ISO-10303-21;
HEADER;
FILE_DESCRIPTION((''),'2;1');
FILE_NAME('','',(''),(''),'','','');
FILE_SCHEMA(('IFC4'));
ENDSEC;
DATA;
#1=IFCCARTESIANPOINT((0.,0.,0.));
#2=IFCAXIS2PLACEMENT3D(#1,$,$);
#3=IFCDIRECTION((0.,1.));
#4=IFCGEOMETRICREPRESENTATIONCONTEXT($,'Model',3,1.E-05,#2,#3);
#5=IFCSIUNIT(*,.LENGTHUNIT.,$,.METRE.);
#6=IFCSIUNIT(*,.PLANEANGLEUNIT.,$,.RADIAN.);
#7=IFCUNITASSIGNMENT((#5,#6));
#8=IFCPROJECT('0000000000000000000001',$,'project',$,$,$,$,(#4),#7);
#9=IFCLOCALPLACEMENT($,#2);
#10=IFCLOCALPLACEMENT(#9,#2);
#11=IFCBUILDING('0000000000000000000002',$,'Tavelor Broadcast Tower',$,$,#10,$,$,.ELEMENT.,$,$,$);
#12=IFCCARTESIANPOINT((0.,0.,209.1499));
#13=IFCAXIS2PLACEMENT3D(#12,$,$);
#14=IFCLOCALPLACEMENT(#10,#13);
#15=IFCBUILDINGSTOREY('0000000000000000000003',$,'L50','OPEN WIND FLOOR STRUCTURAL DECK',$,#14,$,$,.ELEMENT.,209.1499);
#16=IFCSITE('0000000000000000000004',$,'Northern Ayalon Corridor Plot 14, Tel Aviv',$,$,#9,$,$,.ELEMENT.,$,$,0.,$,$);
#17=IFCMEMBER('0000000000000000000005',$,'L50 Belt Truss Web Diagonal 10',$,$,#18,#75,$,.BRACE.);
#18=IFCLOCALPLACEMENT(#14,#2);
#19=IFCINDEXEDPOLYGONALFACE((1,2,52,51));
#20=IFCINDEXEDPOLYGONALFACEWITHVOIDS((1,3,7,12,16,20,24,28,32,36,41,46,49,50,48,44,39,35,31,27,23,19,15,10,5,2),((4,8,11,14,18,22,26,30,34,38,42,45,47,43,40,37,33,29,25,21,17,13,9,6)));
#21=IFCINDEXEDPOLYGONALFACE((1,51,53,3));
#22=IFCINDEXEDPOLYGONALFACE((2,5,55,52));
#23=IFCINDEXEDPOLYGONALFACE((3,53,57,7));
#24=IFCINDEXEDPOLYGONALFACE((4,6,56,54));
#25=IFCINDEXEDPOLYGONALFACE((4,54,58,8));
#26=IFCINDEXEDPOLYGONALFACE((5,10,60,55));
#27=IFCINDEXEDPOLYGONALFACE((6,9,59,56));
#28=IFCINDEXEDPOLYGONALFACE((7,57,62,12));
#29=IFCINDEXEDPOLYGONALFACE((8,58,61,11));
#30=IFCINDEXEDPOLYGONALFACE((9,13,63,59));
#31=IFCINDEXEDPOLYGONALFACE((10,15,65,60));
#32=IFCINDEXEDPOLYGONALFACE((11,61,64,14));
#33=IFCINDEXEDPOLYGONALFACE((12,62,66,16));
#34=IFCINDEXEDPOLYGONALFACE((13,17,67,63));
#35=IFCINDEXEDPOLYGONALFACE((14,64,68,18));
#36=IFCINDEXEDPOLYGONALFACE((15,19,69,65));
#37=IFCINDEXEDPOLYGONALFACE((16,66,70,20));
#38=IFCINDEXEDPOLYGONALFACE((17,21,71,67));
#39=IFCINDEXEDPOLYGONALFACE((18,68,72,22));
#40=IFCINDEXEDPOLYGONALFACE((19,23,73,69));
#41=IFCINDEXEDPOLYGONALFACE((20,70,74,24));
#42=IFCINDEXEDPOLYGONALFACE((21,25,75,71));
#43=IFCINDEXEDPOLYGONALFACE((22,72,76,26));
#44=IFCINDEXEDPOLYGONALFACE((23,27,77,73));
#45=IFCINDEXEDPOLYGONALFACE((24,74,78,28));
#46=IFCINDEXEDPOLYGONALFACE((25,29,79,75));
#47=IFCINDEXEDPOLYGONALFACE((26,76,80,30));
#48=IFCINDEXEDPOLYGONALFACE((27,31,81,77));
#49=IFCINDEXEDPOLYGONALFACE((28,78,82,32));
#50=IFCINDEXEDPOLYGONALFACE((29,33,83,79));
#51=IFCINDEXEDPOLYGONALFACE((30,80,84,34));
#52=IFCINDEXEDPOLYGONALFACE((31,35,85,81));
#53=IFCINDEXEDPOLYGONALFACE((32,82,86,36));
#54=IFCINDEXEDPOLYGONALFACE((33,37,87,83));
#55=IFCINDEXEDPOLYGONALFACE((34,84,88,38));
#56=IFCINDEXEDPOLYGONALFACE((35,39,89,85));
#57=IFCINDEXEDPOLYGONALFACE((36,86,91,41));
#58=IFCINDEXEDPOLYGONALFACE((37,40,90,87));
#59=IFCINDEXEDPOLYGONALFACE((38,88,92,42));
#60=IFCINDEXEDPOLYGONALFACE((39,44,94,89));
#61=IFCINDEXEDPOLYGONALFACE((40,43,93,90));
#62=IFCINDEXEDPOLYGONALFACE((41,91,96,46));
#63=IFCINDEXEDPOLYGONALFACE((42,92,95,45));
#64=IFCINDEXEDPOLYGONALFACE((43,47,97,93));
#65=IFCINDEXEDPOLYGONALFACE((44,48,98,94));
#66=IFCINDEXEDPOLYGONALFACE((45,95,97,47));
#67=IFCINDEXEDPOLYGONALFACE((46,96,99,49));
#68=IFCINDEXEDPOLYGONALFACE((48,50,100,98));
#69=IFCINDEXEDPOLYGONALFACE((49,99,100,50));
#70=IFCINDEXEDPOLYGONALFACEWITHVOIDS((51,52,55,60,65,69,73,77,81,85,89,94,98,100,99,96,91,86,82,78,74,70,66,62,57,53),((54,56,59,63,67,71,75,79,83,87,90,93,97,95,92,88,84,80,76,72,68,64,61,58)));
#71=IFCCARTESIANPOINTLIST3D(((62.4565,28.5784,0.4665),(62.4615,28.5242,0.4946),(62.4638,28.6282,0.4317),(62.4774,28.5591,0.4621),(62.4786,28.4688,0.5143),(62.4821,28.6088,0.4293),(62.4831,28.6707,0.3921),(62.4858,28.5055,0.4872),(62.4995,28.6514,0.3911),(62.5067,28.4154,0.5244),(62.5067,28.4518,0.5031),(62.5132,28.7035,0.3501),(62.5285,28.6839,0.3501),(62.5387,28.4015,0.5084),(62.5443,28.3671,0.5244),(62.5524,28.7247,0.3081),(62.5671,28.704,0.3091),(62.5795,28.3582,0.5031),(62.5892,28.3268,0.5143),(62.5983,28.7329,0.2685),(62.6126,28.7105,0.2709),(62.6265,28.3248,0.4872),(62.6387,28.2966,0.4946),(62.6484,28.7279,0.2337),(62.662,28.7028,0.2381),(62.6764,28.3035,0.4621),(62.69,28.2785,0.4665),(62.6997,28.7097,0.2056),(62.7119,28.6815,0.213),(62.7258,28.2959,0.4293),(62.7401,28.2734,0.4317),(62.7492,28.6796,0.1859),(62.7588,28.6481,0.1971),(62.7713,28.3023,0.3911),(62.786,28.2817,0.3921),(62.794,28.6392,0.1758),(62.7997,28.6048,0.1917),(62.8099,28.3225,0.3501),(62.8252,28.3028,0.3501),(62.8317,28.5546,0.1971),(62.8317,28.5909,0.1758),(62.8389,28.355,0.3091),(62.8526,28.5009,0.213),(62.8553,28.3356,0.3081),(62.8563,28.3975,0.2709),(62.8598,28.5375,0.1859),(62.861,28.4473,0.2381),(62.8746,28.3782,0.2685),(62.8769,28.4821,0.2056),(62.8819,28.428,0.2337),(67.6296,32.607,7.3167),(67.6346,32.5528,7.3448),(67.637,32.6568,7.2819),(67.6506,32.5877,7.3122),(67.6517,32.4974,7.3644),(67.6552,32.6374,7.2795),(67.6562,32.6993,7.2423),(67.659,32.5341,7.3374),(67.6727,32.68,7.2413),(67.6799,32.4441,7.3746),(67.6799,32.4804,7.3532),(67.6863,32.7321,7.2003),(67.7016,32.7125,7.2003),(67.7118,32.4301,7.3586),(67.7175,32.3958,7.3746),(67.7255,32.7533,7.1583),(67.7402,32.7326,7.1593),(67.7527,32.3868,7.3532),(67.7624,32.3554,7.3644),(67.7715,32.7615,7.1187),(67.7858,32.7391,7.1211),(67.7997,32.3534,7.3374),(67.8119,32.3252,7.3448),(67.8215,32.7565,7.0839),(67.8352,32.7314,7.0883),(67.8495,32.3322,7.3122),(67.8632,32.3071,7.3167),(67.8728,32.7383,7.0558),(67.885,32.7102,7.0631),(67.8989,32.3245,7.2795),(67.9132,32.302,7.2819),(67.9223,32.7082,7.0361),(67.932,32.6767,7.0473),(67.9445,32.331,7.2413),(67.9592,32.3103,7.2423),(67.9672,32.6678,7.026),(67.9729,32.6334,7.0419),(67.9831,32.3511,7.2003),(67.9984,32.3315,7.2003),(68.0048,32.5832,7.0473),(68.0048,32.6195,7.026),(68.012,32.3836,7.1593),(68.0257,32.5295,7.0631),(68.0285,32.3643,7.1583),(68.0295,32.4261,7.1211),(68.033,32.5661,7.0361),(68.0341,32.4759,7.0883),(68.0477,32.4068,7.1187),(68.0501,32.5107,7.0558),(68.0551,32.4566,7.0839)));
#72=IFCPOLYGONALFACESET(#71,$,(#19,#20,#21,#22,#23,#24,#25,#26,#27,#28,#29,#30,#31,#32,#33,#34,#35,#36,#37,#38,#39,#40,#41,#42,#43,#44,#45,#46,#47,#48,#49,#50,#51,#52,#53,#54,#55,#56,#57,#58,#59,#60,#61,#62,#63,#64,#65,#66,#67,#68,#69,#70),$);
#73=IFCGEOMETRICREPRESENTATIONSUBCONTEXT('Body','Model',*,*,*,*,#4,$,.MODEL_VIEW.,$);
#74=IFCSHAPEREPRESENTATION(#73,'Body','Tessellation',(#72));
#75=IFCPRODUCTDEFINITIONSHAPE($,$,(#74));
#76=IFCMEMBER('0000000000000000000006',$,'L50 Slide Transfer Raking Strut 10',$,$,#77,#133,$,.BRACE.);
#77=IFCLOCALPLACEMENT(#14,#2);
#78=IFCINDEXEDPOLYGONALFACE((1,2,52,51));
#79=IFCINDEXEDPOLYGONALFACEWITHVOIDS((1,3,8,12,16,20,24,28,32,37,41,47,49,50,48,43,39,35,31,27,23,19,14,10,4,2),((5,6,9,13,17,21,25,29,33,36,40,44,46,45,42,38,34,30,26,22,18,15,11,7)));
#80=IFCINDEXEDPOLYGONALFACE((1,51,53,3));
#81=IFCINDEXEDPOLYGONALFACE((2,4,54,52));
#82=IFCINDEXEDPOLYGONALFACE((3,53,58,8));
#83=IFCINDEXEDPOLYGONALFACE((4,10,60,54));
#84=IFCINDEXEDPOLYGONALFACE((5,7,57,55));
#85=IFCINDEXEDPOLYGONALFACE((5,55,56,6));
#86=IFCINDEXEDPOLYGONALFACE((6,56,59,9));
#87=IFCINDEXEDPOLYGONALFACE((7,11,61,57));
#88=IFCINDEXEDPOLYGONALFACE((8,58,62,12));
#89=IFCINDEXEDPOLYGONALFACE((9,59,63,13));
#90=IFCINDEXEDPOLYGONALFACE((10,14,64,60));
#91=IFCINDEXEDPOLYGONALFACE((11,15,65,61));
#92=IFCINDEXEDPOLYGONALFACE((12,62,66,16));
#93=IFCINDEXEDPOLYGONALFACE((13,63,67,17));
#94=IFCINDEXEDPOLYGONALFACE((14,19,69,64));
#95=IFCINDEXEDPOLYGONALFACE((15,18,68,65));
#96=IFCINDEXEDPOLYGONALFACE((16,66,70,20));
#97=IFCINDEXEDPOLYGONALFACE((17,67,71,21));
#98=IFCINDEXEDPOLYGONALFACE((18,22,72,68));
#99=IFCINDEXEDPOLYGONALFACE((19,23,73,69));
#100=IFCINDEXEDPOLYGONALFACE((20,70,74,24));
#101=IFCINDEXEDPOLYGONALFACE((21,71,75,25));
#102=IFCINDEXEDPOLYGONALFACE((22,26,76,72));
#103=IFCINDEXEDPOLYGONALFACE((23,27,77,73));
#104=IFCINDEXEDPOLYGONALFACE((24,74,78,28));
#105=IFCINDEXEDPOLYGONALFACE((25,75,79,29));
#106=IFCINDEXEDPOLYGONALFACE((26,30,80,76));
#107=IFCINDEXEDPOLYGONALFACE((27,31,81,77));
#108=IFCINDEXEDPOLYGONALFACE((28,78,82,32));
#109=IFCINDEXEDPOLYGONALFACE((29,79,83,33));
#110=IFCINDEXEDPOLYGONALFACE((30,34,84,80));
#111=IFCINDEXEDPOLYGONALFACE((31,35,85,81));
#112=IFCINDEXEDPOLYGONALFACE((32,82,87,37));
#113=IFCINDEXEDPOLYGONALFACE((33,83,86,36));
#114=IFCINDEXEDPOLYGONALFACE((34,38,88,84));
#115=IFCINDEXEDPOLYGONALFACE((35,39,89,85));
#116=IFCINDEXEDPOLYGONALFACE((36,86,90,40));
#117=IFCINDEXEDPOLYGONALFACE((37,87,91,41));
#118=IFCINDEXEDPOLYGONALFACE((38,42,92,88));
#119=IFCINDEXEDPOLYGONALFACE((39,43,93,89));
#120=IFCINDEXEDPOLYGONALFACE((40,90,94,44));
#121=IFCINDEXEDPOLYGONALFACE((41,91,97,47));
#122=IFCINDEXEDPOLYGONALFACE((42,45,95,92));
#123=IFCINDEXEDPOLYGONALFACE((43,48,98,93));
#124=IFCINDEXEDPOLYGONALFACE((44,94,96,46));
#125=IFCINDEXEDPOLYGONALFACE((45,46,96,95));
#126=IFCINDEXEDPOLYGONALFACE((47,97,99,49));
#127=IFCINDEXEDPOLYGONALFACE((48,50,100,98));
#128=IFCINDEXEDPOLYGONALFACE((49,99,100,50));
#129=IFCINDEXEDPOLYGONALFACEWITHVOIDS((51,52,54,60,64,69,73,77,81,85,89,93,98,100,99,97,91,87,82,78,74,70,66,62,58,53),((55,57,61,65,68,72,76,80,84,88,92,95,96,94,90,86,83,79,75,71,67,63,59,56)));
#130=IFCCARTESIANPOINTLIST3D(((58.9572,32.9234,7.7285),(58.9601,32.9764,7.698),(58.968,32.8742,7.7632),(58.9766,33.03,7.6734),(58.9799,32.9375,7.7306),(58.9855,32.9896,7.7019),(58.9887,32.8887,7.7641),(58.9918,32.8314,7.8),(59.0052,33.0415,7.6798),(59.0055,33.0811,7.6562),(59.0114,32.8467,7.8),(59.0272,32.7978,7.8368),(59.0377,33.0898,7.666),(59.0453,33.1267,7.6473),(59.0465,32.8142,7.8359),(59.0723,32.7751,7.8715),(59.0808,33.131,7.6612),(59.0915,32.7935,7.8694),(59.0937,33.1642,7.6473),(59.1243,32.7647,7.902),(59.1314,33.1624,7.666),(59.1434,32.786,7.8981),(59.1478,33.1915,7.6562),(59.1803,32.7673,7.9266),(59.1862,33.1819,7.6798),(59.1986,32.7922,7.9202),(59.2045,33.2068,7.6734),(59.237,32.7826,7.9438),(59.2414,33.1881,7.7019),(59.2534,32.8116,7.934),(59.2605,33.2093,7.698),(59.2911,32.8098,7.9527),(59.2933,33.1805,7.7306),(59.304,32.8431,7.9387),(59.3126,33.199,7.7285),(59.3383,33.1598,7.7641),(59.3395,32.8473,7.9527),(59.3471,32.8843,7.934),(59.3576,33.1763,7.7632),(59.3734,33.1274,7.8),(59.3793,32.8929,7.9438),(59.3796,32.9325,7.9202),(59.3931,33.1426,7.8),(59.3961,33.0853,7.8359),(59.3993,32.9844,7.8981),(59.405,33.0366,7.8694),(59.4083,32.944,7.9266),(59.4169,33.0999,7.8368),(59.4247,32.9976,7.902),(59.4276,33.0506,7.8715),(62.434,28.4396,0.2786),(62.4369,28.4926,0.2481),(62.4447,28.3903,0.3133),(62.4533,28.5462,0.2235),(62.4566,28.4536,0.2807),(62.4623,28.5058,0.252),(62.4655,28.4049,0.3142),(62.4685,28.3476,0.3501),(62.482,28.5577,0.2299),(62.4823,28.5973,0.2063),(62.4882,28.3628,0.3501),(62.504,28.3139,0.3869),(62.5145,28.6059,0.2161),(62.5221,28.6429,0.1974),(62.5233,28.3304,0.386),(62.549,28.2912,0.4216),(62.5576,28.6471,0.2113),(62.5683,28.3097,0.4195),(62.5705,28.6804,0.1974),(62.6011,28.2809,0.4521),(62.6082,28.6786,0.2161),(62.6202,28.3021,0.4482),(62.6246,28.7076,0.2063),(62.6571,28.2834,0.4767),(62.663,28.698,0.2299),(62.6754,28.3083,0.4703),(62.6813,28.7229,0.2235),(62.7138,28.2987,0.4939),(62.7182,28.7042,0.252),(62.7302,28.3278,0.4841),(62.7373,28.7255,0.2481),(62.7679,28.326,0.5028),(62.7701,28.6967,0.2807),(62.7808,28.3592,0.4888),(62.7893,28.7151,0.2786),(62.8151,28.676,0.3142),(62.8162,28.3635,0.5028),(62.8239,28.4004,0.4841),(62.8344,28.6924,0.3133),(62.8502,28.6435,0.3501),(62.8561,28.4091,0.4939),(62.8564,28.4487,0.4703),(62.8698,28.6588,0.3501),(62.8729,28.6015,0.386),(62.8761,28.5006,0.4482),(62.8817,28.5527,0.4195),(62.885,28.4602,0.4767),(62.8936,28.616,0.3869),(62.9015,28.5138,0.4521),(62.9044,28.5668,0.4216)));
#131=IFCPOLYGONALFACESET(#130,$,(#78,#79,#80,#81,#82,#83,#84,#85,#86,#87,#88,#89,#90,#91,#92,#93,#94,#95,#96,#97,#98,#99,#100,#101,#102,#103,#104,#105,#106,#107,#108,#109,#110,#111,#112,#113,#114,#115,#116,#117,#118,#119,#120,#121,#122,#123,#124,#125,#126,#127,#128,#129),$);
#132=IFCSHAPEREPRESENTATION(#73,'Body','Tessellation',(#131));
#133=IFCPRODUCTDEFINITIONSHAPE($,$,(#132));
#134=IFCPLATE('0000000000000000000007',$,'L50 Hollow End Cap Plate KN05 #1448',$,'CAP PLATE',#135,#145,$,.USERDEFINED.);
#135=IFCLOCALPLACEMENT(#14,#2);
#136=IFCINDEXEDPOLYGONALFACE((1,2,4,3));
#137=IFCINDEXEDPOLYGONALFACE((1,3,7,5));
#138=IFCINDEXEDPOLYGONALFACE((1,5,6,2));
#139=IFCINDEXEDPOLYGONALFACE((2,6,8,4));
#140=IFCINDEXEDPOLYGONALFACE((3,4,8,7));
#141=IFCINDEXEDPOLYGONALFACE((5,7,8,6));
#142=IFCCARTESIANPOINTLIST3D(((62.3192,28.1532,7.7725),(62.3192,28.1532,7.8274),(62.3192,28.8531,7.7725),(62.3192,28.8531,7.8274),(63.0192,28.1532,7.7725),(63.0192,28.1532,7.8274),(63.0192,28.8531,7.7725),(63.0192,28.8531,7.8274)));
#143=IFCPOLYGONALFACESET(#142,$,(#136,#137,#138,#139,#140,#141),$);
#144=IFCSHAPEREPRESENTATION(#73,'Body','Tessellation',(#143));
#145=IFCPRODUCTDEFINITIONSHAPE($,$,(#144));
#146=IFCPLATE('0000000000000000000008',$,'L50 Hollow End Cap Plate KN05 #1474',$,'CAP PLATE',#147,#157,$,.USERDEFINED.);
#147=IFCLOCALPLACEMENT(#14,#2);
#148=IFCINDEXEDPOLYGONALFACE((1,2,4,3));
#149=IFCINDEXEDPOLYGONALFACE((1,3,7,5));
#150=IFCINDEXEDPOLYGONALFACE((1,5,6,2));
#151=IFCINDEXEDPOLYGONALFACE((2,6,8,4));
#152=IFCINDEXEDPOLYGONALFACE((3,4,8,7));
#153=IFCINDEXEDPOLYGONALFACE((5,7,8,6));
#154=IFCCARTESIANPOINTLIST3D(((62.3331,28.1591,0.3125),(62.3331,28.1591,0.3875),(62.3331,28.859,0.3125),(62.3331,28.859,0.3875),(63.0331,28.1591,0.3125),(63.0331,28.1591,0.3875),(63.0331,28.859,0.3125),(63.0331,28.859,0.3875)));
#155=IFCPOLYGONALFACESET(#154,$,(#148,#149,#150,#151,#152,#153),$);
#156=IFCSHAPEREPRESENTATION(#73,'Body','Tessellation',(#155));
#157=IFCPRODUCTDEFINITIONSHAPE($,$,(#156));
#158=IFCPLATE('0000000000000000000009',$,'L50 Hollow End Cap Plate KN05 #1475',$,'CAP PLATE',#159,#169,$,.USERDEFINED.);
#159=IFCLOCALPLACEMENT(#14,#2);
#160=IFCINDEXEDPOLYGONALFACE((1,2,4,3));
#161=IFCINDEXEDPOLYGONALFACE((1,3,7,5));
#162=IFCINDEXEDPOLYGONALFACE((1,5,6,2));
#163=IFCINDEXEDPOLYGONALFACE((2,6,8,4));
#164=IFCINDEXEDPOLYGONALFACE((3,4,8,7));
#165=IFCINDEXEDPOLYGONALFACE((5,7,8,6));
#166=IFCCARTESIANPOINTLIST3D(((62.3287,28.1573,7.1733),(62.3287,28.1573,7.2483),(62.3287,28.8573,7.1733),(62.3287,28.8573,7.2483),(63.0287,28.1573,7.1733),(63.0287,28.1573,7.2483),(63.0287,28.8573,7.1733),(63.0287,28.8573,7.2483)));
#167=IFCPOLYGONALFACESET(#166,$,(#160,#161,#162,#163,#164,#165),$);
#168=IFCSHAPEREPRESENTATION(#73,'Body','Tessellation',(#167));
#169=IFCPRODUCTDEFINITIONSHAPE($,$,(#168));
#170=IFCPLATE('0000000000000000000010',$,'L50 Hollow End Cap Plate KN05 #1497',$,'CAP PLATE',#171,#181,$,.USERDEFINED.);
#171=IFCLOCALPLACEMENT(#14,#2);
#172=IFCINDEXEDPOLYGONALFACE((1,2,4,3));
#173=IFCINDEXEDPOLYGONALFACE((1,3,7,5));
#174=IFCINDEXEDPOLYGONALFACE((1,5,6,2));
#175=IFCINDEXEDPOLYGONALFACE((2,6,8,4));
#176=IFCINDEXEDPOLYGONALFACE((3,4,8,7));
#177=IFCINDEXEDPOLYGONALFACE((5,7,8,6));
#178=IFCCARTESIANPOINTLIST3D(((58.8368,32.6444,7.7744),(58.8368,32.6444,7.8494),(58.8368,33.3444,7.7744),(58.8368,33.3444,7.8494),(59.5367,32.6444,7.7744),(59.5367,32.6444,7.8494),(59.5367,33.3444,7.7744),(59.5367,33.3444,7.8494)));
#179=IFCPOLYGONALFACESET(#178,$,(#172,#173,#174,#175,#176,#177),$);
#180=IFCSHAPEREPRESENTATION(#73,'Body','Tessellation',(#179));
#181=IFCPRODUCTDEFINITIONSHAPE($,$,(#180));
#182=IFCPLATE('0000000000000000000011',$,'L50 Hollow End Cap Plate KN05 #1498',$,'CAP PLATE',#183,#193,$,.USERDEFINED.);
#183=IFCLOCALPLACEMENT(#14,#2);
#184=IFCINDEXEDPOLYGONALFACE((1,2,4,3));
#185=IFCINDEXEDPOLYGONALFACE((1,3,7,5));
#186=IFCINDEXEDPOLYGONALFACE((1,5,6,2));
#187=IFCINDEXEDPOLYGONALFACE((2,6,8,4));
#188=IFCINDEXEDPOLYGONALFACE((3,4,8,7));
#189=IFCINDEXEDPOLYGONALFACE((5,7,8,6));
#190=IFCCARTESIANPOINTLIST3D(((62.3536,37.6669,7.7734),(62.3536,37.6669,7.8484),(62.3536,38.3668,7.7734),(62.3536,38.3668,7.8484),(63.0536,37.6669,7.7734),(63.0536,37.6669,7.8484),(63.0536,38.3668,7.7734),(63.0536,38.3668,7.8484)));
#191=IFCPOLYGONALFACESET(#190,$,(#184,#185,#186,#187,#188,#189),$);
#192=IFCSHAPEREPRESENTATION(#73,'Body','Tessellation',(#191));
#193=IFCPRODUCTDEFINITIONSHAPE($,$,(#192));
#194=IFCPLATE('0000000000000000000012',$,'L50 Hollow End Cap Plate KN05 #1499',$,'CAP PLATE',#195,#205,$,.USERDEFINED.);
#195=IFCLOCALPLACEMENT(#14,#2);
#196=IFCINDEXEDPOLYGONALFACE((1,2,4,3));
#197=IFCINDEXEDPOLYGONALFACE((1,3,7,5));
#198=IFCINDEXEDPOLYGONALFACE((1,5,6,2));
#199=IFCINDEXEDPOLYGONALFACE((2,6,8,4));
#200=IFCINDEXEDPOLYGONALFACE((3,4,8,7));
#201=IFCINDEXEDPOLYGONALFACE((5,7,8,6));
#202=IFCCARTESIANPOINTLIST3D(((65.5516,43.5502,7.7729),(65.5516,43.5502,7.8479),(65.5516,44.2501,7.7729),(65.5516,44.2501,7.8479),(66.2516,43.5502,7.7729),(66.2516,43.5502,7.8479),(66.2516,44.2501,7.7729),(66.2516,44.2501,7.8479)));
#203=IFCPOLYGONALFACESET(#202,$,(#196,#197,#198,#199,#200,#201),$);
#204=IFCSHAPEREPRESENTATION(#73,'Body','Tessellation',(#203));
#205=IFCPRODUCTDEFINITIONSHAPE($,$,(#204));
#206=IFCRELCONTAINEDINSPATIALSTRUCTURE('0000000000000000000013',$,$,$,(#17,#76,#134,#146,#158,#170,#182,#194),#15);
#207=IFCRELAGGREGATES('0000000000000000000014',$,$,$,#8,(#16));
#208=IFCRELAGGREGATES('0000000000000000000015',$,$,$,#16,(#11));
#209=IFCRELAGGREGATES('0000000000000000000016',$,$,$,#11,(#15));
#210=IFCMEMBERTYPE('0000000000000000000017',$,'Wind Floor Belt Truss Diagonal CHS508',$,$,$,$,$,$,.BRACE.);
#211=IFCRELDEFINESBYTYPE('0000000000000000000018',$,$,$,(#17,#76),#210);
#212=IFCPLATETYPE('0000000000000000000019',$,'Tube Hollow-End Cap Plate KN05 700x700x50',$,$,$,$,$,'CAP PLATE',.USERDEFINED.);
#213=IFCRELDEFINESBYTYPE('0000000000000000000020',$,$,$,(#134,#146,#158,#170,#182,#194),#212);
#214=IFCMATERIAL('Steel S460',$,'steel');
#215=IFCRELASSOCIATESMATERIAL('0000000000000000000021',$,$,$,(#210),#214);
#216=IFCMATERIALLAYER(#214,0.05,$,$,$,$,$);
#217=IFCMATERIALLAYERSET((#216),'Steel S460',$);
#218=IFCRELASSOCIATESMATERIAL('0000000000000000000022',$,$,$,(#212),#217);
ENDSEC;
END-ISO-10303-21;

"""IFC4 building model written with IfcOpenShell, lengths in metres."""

from ifc_helpers import new_model, si_unit, direction, frame, origin, origin_2d, place, context, subcontext, project, spatial, rectangle, hollow_circle, extrude, source, transform, mapped, material, layer, layer_set, material_profile, profile_set, type_object, type_shapes, element, save


model = new_model("IFC4")

# Units and contexts
model_context = context("Model", 3, precision=1e-05, world=origin(), true_north=direction((0.0, 1.0)))
body_context = subcontext(model_context, "Body", "Model", "MODEL_VIEW")
ifc_project = project(units=[si_unit("LENGTHUNIT", "METRE"), si_unit("PLANEANGLEUNIT", "RADIAN")], contexts=[model_context])

# Site, building, storey
site_placement = place(None, origin())
site = spatial("IfcSite", under=ifc_project, at=site_placement, Name="Northern Ayalon Corridor Plot 14, Tel Aviv", CompositionType="ELEMENT", RefElevation=0.0)
building_placement = place(site_placement, origin())
building = spatial("IfcBuilding", under=site, at=building_placement, Name="Tavelor Broadcast Tower", CompositionType="ELEMENT")
storey_placement = place(building_placement, frame((0.0, 0.0, 209.1499)))
storey = spatial("IfcBuildingStorey", under=building, at=storey_placement, Name="L50", Description="OPEN WIND FLOOR STRUCTURAL DECK", CompositionType="ELEMENT", Elevation=209.1499)

# Shared definitions
ifc_material_1 = material(Name="Steel S460", Category="steel")

# Members
ifc_material_profile_1 = material_profile(ifc_material_1, hollow_circle(Radius=0.2539, WallThickness=0.0249, at=origin_2d()), Name="CHS 508x25")
ifc_profile_set_1 = profile_set([ifc_material_profile_1], Name="Steel S460")
member_type_1 = type_object("IfcMemberType", Name="Wind Floor Belt Truss Diagonal CHS508", PredefinedType="BRACE", material=ifc_profile_set_1)
member_1_placement = place(storey_placement, frame((62.6692, 28.5032, 0.3501), z_axis=(0.545553, 0.424851, 0.722409), x_axis=(-0.61442, 0.788979, 0.0)))
element("IfcMember", 1, at=member_1_placement, inside=storey, type_object=member_type_1, Name="L50 Belt Truss Web Diagonal 10", PredefinedType="BRACE", context=body_context, shape_type="SweptSolid", body=[
    extrude(hollow_circle(Radius=0.2539, WallThickness=0.0249, at=origin_2d()), origin(), (0.0, 0.0, 1.0), 9.4824),
])
member_2_placement = place(storey_placement, frame((62.6692, 28.5032, 0.3501), z_axis=(-0.371272, 0.478814, 0.795546), x_axis=(-0.790262, -0.612769, 0.0)))
element("IfcMember", 2, at=member_2_placement, inside=storey, type_object=member_type_1, Name="L50 Slide Transfer Raking Strut 10", PredefinedType="BRACE", context=body_context, shape_type="SweptSolid", body=[
    extrude(hollow_circle(Radius=0.2539, WallThickness=0.0249, at=origin_2d()), origin(), (0.0, 0.0, 1.0), 9.3645),
])

# Plates
ifc_layer_1 = layer(ifc_material_1, 0.05)
ifc_layer_set_1 = layer_set([ifc_layer_1], Name="Steel S460")
plate_type_1 = type_object("IfcPlateType", Name="Tube Hollow-End Cap Plate KN05 700x700x50", ElementType="CAP PLATE", PredefinedType="USERDEFINED", material=ifc_layer_set_1)
shared_shape_1 = source(origin(), body_context, "Body", "SweptSolid", [
    extrude(rectangle(XDim=0.7, YDim=0.7, at=origin_2d()), origin(), (0.0, 0.0, 1.0), 0.0549),
])
plate_1_placement = place(storey_placement, frame((62.6692, 28.5032, 7.7725), z_axis=(0.0, 0.0, 1.0), x_axis=(1.0, 0.0, 0.0)))
element("IfcPlate", 3, at=plate_1_placement, inside=storey, type_object=plate_type_1, Name="L50 Hollow End Cap Plate KN05 #1448", ObjectType="CAP PLATE", PredefinedType="USERDEFINED", context=body_context, shape_type="MappedRepresentation", body=[
    mapped(shared_shape_1, transform((0.0, 0.0, 0.0), scale=1.0)),
])
shared_shape_2 = source(origin(), body_context, "Body", "SweptSolid", [
    extrude(rectangle(XDim=0.7, YDim=0.7, at=origin_2d()), origin(), (0.0, 0.0, 1.0), 0.075),
])
type_shapes(plate_type_1, [shared_shape_1, shared_shape_2])
for number, where, z_axis, x_axis, name in (
    (4, (62.6831, 28.509, 0.3125), (0.0, 0.0, 1.0), (1.0, 0.0, 0.0), "L50 Hollow End Cap Plate KN05 #1474"),
    (5, (62.6787, 28.5073, 7.1733), (0.0, 0.0, 1.0), (1.0, 0.0, 0.0), "L50 Hollow End Cap Plate KN05 #1475"),
    (6, (59.1868, 32.9944, 7.7744), (0.0, 0.0, 1.0), (1.0, 0.0, 0.0), "L50 Hollow End Cap Plate KN05 #1497"),
    (7, (62.7036, 38.0168, 7.7734), (0.0, 0.0, 1.0), (1.0, 0.0, 0.0), "L50 Hollow End Cap Plate KN05 #1498"),
    (8, (65.9016, 43.9001, 7.7729), (0.0, 0.0, 1.0), (1.0, 0.0, 0.0), "L50 Hollow End Cap Plate KN05 #1499"),
):
    element("IfcPlate", number, at=place(storey_placement, frame(where, z_axis=z_axis, x_axis=x_axis)), inside=storey, type_object=plate_type_1, Name=name, ObjectType="CAP PLATE", PredefinedType="USERDEFINED", context=body_context, shape_type="MappedRepresentation", body=[
        mapped(shared_shape_2, transform((0.0, 0.0, 0.0), scale=1.0)),
    ])

save(model, "model.ifc")
